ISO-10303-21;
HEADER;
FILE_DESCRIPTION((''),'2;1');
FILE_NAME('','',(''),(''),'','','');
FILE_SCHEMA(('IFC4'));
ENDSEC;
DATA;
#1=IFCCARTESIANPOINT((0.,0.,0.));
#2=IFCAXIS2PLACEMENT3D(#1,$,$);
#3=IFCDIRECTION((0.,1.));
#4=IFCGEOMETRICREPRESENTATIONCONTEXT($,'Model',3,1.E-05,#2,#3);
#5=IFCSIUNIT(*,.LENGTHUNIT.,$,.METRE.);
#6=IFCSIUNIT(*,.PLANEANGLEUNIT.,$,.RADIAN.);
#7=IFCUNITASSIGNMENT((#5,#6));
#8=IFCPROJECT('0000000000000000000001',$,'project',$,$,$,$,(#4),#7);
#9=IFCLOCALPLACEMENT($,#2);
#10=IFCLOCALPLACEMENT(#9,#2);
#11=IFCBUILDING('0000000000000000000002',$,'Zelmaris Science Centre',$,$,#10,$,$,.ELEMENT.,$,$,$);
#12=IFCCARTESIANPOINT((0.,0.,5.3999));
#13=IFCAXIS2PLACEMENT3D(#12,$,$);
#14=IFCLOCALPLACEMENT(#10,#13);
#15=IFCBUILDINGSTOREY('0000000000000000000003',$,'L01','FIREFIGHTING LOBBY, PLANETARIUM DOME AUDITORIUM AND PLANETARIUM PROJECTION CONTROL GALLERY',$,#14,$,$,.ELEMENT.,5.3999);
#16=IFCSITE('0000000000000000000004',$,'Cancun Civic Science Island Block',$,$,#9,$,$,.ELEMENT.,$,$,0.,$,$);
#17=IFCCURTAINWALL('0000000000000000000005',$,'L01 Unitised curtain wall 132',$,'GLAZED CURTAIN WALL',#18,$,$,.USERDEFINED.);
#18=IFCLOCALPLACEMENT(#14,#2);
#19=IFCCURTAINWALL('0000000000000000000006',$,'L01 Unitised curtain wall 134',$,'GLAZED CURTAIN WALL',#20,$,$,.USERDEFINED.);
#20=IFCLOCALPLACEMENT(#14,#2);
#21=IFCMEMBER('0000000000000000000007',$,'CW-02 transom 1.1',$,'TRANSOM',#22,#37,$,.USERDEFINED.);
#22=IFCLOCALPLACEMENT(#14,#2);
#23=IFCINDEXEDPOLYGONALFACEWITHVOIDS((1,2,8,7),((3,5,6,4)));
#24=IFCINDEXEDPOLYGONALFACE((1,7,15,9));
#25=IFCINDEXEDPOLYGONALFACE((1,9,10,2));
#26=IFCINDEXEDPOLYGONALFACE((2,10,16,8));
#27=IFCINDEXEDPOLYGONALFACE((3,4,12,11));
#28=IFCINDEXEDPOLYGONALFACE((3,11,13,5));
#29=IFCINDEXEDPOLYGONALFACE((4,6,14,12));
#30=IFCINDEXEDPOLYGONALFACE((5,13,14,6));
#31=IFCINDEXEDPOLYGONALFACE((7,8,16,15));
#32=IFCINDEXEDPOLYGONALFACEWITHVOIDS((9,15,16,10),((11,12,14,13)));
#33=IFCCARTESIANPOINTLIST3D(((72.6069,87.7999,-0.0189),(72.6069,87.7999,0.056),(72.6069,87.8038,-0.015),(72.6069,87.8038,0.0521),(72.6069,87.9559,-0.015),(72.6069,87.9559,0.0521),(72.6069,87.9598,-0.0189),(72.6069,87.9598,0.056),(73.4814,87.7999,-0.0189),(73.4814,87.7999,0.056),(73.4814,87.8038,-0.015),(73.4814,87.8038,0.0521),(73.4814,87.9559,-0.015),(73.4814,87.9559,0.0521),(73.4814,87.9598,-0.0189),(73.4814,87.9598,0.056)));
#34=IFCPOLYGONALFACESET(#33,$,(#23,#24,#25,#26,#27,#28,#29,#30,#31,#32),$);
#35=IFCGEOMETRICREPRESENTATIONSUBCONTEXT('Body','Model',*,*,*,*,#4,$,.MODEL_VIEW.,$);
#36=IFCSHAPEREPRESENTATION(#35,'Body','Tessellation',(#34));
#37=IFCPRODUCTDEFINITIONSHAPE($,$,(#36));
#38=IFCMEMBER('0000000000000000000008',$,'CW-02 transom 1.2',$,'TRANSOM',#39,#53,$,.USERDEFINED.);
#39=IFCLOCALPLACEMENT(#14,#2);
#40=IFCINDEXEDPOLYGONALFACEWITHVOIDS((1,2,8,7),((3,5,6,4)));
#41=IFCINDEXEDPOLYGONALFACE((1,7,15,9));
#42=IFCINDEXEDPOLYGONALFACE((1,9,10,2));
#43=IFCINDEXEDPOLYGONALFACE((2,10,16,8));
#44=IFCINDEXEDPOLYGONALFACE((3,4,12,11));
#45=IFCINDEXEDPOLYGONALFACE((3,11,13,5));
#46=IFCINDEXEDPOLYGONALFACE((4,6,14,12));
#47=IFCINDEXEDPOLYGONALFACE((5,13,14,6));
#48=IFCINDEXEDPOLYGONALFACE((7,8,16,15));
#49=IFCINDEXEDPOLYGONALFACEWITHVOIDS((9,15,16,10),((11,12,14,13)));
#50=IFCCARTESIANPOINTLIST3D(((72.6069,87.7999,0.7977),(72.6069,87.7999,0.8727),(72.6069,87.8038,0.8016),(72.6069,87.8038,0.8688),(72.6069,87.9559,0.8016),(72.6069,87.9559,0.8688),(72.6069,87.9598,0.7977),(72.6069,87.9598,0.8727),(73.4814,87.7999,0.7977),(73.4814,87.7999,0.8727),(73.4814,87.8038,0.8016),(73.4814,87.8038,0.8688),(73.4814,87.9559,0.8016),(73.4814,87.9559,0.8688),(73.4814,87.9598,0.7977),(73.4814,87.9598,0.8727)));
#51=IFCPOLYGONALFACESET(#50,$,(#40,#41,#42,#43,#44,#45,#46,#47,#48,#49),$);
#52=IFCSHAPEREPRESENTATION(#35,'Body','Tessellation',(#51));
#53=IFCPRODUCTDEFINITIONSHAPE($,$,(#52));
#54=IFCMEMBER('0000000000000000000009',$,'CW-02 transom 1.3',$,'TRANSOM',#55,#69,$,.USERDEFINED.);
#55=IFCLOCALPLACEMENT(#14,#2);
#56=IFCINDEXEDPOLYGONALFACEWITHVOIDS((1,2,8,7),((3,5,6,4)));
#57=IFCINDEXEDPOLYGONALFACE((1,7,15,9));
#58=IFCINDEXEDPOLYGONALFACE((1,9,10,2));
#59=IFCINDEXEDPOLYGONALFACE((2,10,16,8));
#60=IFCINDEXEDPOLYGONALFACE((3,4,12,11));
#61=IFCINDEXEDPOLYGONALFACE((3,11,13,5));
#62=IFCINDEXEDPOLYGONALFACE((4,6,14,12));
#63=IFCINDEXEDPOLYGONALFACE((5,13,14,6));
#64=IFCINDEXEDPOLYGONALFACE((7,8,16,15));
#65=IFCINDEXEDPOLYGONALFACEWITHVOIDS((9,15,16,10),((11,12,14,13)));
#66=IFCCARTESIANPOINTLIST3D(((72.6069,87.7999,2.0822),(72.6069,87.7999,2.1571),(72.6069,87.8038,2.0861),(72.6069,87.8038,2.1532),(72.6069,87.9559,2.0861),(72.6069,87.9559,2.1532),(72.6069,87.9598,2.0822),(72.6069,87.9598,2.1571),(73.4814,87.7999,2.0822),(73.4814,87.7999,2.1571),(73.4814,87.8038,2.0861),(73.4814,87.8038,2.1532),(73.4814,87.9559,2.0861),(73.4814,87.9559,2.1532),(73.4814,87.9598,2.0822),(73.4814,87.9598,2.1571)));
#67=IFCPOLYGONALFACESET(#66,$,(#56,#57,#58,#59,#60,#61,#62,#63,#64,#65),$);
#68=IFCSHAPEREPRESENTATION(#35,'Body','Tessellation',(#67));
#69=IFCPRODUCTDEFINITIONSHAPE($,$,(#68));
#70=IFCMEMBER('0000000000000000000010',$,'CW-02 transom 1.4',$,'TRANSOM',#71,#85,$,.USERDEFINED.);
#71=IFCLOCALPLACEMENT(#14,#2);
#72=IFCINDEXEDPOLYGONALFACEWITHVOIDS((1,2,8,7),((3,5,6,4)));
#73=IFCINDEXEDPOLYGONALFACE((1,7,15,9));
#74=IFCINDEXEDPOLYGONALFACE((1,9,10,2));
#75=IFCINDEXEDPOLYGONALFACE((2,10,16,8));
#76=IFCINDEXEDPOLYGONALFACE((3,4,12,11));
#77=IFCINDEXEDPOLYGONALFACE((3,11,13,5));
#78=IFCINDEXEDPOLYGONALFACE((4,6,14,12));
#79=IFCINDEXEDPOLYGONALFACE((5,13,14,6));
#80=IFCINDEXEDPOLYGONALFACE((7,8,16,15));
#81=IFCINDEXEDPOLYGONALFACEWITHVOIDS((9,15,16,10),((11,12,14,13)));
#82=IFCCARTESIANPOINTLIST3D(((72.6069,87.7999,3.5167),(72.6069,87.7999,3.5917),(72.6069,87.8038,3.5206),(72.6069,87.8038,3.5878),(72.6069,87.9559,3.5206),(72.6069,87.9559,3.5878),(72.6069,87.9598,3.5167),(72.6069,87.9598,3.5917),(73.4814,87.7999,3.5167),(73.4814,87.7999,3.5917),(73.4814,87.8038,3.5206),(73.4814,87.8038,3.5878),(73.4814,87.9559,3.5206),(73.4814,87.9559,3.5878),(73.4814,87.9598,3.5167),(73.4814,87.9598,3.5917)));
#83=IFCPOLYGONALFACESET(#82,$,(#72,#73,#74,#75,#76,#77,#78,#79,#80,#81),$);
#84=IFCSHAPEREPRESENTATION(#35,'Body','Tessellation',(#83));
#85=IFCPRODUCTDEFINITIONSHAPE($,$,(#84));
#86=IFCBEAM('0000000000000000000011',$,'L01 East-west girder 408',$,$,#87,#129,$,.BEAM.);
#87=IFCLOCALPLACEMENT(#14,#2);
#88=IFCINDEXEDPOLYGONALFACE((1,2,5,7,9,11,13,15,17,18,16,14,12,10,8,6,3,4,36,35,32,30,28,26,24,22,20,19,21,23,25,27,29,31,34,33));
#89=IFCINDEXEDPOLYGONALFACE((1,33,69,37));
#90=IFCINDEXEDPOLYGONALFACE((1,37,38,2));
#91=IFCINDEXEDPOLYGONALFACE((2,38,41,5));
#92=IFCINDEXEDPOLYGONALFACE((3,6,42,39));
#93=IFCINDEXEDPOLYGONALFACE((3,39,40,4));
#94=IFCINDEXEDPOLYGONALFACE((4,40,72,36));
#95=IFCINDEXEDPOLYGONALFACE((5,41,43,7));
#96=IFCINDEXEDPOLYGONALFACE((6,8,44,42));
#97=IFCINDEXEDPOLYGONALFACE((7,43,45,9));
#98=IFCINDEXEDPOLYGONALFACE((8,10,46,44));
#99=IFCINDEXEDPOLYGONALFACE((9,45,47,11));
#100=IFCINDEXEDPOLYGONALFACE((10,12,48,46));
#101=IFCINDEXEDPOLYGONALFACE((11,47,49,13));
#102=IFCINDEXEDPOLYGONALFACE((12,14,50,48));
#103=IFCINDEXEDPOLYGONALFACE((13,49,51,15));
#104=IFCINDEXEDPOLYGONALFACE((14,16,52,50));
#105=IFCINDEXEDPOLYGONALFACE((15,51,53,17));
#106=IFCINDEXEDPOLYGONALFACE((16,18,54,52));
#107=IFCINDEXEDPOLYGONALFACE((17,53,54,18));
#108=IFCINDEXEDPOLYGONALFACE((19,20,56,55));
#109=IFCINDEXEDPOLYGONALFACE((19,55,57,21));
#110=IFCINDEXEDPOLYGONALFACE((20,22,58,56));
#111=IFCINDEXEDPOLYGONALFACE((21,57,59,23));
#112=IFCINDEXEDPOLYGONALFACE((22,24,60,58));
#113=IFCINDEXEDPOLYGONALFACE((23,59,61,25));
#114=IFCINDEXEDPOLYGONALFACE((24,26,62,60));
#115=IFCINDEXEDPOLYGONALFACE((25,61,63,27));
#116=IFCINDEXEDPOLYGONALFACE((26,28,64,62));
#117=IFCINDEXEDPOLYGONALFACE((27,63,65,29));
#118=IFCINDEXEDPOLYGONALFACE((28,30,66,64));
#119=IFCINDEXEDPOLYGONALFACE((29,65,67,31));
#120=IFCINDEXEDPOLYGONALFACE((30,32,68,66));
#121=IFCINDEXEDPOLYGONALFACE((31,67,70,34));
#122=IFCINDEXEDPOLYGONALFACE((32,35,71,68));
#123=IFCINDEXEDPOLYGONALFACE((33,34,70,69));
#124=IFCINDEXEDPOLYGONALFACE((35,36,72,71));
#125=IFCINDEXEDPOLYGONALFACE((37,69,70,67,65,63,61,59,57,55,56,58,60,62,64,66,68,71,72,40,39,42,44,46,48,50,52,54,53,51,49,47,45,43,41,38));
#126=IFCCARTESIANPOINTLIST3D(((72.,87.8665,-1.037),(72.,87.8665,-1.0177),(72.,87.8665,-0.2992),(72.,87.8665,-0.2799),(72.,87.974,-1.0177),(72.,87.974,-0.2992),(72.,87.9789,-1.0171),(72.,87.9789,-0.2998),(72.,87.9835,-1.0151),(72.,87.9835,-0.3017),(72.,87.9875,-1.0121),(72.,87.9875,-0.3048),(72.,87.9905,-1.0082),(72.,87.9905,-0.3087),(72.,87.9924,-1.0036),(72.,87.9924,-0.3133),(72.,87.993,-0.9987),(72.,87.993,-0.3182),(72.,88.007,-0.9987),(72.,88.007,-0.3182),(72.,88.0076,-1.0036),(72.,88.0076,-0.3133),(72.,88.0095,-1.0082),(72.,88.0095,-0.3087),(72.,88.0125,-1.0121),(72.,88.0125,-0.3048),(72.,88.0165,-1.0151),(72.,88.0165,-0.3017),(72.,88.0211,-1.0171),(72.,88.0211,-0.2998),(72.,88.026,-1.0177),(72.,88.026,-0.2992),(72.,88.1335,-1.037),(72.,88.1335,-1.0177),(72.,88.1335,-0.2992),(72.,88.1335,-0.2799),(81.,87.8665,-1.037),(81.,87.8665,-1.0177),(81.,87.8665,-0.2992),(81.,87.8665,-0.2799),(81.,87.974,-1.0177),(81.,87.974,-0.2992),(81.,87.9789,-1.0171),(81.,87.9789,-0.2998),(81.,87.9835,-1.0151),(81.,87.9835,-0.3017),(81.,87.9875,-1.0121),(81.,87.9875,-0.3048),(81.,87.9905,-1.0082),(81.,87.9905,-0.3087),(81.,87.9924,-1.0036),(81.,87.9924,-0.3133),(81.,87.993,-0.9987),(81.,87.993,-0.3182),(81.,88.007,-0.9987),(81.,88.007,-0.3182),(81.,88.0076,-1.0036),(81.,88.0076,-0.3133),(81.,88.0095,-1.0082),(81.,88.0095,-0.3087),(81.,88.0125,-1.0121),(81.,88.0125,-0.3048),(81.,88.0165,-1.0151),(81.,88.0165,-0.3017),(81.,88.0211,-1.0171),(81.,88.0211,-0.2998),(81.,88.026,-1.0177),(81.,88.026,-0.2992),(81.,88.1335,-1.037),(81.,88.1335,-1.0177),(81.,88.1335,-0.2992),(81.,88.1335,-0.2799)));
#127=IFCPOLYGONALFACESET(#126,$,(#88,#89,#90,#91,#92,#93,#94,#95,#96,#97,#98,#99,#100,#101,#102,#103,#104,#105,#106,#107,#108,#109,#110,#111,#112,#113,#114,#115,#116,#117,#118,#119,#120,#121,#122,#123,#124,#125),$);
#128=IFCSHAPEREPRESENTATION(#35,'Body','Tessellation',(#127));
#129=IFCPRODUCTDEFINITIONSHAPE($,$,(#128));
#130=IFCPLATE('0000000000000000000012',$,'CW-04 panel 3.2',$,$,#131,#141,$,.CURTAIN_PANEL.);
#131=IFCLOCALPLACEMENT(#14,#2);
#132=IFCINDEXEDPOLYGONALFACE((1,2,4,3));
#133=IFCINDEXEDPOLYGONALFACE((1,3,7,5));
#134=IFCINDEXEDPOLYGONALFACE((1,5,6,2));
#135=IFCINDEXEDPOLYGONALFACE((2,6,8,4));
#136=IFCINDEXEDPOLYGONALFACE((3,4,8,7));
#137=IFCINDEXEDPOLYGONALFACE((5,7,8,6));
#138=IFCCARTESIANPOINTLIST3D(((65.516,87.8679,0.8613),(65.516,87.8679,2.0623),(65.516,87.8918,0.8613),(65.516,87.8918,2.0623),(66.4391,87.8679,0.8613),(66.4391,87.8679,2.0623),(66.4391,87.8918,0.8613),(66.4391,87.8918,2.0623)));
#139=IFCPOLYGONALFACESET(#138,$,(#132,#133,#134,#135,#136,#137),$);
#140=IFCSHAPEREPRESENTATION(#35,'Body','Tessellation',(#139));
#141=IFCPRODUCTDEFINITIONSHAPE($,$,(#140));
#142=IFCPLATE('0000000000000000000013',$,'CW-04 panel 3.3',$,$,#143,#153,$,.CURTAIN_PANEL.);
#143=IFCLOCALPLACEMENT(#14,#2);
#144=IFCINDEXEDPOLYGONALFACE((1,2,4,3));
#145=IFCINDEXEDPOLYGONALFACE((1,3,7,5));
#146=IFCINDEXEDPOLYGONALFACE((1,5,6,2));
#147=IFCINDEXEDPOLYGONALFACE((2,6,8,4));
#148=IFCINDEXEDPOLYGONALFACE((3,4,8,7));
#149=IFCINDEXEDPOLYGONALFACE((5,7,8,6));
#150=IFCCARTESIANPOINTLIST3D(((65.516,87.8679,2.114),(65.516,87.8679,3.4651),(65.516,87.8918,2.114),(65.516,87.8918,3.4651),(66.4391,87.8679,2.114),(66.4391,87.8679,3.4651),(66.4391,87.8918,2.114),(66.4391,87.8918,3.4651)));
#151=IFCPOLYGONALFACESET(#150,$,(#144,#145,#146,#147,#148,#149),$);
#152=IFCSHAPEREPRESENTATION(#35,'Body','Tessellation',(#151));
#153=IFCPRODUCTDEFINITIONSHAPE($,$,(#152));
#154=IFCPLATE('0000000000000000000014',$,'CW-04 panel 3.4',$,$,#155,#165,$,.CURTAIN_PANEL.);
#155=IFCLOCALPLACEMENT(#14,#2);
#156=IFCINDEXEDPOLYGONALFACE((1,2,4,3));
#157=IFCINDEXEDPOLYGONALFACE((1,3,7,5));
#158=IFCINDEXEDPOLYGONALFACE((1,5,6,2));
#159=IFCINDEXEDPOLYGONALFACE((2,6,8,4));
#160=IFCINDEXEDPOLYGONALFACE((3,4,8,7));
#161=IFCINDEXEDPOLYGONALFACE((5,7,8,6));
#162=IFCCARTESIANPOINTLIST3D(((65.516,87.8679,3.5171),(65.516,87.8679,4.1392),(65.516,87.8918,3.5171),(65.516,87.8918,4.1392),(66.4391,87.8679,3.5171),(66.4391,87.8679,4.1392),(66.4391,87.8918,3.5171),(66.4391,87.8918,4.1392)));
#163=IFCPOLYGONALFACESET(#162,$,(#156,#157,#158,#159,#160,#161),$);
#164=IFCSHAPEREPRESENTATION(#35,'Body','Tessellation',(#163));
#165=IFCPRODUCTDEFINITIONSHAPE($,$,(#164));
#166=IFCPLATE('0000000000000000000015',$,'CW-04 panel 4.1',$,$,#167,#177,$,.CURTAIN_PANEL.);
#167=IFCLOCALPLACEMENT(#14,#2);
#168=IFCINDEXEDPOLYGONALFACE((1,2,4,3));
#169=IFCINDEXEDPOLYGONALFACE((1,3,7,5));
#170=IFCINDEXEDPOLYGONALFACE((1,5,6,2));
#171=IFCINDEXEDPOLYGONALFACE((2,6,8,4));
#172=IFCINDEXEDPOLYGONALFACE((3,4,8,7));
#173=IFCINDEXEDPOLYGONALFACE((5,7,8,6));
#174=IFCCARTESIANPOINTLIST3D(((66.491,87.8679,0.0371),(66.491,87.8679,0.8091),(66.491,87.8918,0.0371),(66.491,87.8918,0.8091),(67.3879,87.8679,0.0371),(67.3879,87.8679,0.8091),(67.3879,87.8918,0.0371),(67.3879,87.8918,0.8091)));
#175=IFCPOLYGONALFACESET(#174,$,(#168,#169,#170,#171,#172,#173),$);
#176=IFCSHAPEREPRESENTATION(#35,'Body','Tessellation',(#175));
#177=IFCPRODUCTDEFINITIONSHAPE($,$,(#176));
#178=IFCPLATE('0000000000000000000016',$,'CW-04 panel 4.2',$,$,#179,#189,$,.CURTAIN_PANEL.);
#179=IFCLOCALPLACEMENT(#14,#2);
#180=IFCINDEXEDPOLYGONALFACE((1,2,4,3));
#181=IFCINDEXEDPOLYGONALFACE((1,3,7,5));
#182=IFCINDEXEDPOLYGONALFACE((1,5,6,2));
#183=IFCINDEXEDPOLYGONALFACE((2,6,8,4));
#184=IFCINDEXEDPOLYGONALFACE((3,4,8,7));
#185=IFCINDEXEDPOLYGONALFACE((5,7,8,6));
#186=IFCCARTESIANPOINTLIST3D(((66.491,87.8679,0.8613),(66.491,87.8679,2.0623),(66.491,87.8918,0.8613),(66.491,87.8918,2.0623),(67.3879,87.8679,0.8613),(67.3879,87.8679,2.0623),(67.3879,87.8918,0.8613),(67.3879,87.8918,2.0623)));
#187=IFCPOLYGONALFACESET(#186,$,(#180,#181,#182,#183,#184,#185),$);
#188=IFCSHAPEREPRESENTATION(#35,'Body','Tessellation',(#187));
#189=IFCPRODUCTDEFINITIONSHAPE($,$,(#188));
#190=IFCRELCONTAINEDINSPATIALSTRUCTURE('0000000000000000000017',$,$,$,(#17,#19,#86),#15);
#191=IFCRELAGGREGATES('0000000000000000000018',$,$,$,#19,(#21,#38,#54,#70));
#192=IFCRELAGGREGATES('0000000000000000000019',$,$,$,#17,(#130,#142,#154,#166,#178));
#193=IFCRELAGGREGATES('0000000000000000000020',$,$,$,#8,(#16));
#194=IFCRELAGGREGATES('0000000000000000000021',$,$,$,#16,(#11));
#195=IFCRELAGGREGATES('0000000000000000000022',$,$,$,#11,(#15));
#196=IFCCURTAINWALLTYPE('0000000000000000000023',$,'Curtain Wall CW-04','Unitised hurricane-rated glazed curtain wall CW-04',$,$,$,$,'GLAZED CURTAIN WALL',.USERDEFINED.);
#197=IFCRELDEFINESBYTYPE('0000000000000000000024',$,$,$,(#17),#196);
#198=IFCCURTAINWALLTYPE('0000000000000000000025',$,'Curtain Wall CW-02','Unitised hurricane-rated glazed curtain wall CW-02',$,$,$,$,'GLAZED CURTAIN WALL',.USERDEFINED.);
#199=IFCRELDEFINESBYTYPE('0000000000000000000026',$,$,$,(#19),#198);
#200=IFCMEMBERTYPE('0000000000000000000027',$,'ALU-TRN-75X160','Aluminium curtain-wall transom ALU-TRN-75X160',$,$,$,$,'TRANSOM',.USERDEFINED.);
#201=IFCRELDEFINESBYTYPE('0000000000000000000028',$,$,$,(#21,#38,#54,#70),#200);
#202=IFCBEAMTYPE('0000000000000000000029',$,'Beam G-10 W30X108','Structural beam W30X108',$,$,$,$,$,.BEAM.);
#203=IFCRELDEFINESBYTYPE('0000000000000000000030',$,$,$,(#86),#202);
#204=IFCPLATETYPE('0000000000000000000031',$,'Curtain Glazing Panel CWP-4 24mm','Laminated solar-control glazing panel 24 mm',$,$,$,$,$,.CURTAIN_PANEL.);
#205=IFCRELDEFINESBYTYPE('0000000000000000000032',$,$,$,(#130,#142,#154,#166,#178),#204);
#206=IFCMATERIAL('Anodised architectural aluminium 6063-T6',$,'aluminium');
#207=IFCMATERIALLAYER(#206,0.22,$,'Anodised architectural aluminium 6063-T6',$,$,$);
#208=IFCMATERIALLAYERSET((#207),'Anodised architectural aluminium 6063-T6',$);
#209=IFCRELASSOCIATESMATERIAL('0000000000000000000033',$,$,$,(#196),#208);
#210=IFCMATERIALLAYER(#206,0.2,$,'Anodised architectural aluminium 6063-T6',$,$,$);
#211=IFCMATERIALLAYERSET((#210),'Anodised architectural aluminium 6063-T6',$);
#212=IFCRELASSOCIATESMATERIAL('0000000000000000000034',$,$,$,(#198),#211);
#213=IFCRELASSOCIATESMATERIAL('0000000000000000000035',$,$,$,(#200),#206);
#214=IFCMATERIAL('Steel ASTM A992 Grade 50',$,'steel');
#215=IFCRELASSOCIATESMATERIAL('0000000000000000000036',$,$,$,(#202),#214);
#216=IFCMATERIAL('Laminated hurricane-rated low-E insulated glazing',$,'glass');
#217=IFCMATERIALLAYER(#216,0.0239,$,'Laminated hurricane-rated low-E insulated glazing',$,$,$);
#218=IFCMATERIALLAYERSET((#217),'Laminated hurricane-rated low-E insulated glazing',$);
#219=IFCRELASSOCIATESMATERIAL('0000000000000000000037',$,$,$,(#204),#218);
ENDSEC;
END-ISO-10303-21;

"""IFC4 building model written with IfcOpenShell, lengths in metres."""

from ifc_helpers import new_model, si_unit, direction, frame, origin, origin_2d, place, context, subcontext, project, spatial, rectangle, hollow_rectangle, i_section, extrude, material, layer, layer_set, material_profile, profile_set, type_object, element, aggregate, save


model = new_model("IFC4")

# Units and contexts
model_context = context("Model", 3, precision=1e-05, world=origin(), true_north=direction((0.0, 1.0)))
body_context = subcontext(model_context, "Body", "Model", "MODEL_VIEW")
ifc_project = project(units=[si_unit("LENGTHUNIT", "METRE"), si_unit("PLANEANGLEUNIT", "RADIAN")], contexts=[model_context])

# Site, building, storey
site_placement = place(None, origin())
site = spatial("IfcSite", under=ifc_project, at=site_placement, Name="Cancun Civic Science Island Block", CompositionType="ELEMENT", RefElevation=0.0)
building_placement = place(site_placement, origin())
building = spatial("IfcBuilding", under=site, at=building_placement, Name="Zelmaris Science Centre", CompositionType="ELEMENT")
storey_placement = place(building_placement, frame((0.0, 0.0, 5.3999)))
storey = spatial("IfcBuildingStorey", under=building, at=storey_placement, Name="L01", Description="FIREFIGHTING LOBBY, PLANETARIUM DOME AUDITORIUM AND PLANETARIUM PROJECTION CONTROL GALLERY", CompositionType="ELEMENT", Elevation=5.3999)

# Shared definitions
ifc_material_1 = material(Name="Steel ASTM A992 Grade 50", Category="steel")

# Curtain wall
ifc_material_2 = material(Name="Anodised architectural aluminium 6063-T6", Category="aluminium")
ifc_layer_1 = layer(ifc_material_2, 0.22, Name="Anodised architectural aluminium 6063-T6")
ifc_layer_set_1 = layer_set([ifc_layer_1], Name="Anodised architectural aluminium 6063-T6")
curtain_wall_type_1 = type_object("IfcCurtainWallType", Name="Curtain Wall CW-04", Description="Unitised hurricane-rated glazed curtain wall CW-04", ElementType="GLAZED CURTAIN WALL", PredefinedType="USERDEFINED", material=ifc_layer_set_1)
curtain_wall_1_placement = place(storey_placement, origin())
curtain_wall_1 = element("IfcCurtainWall", 1, at=curtain_wall_1_placement, inside=storey, type_object=curtain_wall_type_1, Name="L01 Unitised curtain wall 132", ObjectType="GLAZED CURTAIN WALL", PredefinedType="USERDEFINED")

# Curtain wall
ifc_layer_2 = layer(ifc_material_2, 0.2, Name="Anodised architectural aluminium 6063-T6")
ifc_layer_set_2 = layer_set([ifc_layer_2], Name="Anodised architectural aluminium 6063-T6")
curtain_wall_type_2 = type_object("IfcCurtainWallType", Name="Curtain Wall CW-02", Description="Unitised hurricane-rated glazed curtain wall CW-02", ElementType="GLAZED CURTAIN WALL", PredefinedType="USERDEFINED", material=ifc_layer_set_2)
curtain_wall_2_placement = place(storey_placement, origin())
curtain_wall_2 = element("IfcCurtainWall", 2, at=curtain_wall_2_placement, inside=storey, type_object=curtain_wall_type_2, Name="L01 Unitised curtain wall 134", ObjectType="GLAZED CURTAIN WALL", PredefinedType="USERDEFINED")

# Members
ifc_material_profile_1 = material_profile(ifc_material_2, hollow_rectangle(XDim=0.075, YDim=0.1599, WallThickness=0.0039, at=origin_2d()), Name="ALU-TRN-75X160")
ifc_profile_set_1 = profile_set([ifc_material_profile_1], Name="Anodised architectural aluminium 6063-T6")
member_type_1 = type_object("IfcMemberType", Name="ALU-TRN-75X160", Description="Aluminium curtain-wall transom ALU-TRN-75X160", ElementType="TRANSOM", PredefinedType="USERDEFINED", material=ifc_profile_set_1)
member_1_placement = place(storey_placement, frame((72.6069, 87.8799, 0.0186), z_axis=(1.0, 0.0, 0.0), x_axis=(0.0, 0.0, 1.0)))
member_1 = element("IfcMember", 3, at=member_1_placement, type_object=member_type_1, Name="CW-02 transom 1.1", ObjectType="TRANSOM", PredefinedType="USERDEFINED", context=body_context, shape_type="SweptSolid", body=[
    extrude(hollow_rectangle(XDim=0.075, YDim=0.1599, WallThickness=0.0039, at=origin_2d()), origin(), (0.0, 0.0, 1.0), 0.8745),
])
member_2_placement = place(storey_placement, frame((72.6069, 87.8799, 0.8352), z_axis=(1.0, 0.0, 0.0), x_axis=(0.0, 0.0, 1.0)))
member_2 = element("IfcMember", 4, at=member_2_placement, type_object=member_type_1, Name="CW-02 transom 1.2", ObjectType="TRANSOM", PredefinedType="USERDEFINED", context=body_context, shape_type="SweptSolid", body=[
    extrude(hollow_rectangle(XDim=0.075, YDim=0.1599, WallThickness=0.0039, at=origin_2d()), origin(), (0.0, 0.0, 1.0), 0.8745),
])
member_3_placement = place(storey_placement, frame((72.6069, 87.8799, 2.1196), z_axis=(1.0, 0.0, 0.0), x_axis=(0.0, 0.0, 1.0)))
member_3 = element("IfcMember", 5, at=member_3_placement, type_object=member_type_1, Name="CW-02 transom 1.3", ObjectType="TRANSOM", PredefinedType="USERDEFINED", context=body_context, shape_type="SweptSolid", body=[
    extrude(hollow_rectangle(XDim=0.075, YDim=0.1599, WallThickness=0.0039, at=origin_2d()), origin(), (0.0, 0.0, 1.0), 0.8745),
])
member_4_placement = place(storey_placement, frame((72.6069, 87.8799, 3.5542), z_axis=(1.0, 0.0, 0.0), x_axis=(0.0, 0.0, 1.0)))
member_4 = element("IfcMember", 6, at=member_4_placement, type_object=member_type_1, Name="CW-02 transom 1.4", ObjectType="TRANSOM", PredefinedType="USERDEFINED", context=body_context, shape_type="SweptSolid", body=[
    extrude(hollow_rectangle(XDim=0.075, YDim=0.1599, WallThickness=0.0039, at=origin_2d()), origin(), (0.0, 0.0, 1.0), 0.8745),
])
aggregate(curtain_wall_2, [member_1, member_2, member_3, member_4])

# Beam
ifc_material_profile_2 = material_profile(ifc_material_1, i_section(OverallWidth=0.2671, OverallDepth=0.7571, WebThickness=0.0139, FlangeThickness=0.0193, FilletRadius=0.019, at=origin_2d()), Name="W30X108")
ifc_profile_set_2 = profile_set([ifc_material_profile_2], Name="Steel ASTM A992 Grade 50")
beam_type = type_object("IfcBeamType", Name="Beam G-10 W30X108", Description="Structural beam W30X108", PredefinedType="BEAM", material=ifc_profile_set_2)
beam_placement = place(storey_placement, frame((72.0, 88.0, -0.6584), z_axis=(1.0, 0.0, 0.0), x_axis=(0.0, 1.0, 0.0)))
element("IfcBeam", 7, at=beam_placement, inside=storey, type_object=beam_type, Name="L01 East-west girder 408", PredefinedType="BEAM", context=body_context, shape_type="SweptSolid", body=[
    extrude(i_section(OverallWidth=0.2671, OverallDepth=0.7571, WebThickness=0.0139, FlangeThickness=0.0193, FilletRadius=0.019, at=origin_2d()), origin(), (0.0, 0.0, 1.0), 9.0),
])

# Plates
ifc_material_3 = material(Name="Laminated hurricane-rated low-E insulated glazing", Category="glass")
ifc_layer_3 = layer(ifc_material_3, 0.0239, Name="Laminated hurricane-rated low-E insulated glazing")
ifc_layer_set_3 = layer_set([ifc_layer_3], Name="Laminated hurricane-rated low-E insulated glazing")
plate_type = type_object("IfcPlateType", Name="Curtain Glazing Panel CWP-4 24mm", Description="Laminated solar-control glazing panel 24 mm", PredefinedType="CURTAIN_PANEL", material=ifc_layer_set_3)
plate_1_placement = place(storey_placement, frame((65.9775, 87.8799, 0.8613), z_axis=(0.0, 0.0, 1.0), x_axis=(1.0, 0.0, 0.0)))
plate_1 = element("IfcPlate", 8, at=plate_1_placement, type_object=plate_type, Name="CW-04 panel 3.2", PredefinedType="CURTAIN_PANEL", context=body_context, shape_type="SweptSolid", body=[
    extrude(rectangle(XDim=0.9231, YDim=0.0239, at=origin_2d()), origin(), (0.0, 0.0, 1.0), 1.2009),
])
plate_2_placement = place(storey_placement, frame((65.9775, 87.8799, 2.114), z_axis=(0.0, 0.0, 1.0), x_axis=(1.0, 0.0, 0.0)))
plate_2 = element("IfcPlate", 9, at=plate_2_placement, type_object=plate_type, Name="CW-04 panel 3.3", PredefinedType="CURTAIN_PANEL", context=body_context, shape_type="SweptSolid", body=[
    extrude(rectangle(XDim=0.9231, YDim=0.0239, at=origin_2d()), origin(), (0.0, 0.0, 1.0), 1.3511),
])
plate_3_placement = place(storey_placement, frame((65.9775, 87.8799, 3.5171), z_axis=(0.0, 0.0, 1.0), x_axis=(1.0, 0.0, 0.0)))
plate_3 = element("IfcPlate", 10, at=plate_3_placement, type_object=plate_type, Name="CW-04 panel 3.4", PredefinedType="CURTAIN_PANEL", context=body_context, shape_type="SweptSolid", body=[
    extrude(rectangle(XDim=0.9231, YDim=0.0239, at=origin_2d()), origin(), (0.0, 0.0, 1.0), 0.6221),
])
plate_4_placement = place(storey_placement, frame((66.9395, 87.8799, 0.0371), z_axis=(0.0, 0.0, 1.0), x_axis=(1.0, 0.0, 0.0)))
plate_4 = element("IfcPlate", 11, at=plate_4_placement, type_object=plate_type, Name="CW-04 panel 4.1", PredefinedType="CURTAIN_PANEL", context=body_context, shape_type="SweptSolid", body=[
    extrude(rectangle(XDim=0.897, YDim=0.0239, at=origin_2d()), origin(), (0.0, 0.0, 1.0), 0.772),
])
plate_5_placement = place(storey_placement, frame((66.9395, 87.8799, 0.8613), z_axis=(0.0, 0.0, 1.0), x_axis=(1.0, 0.0, 0.0)))
plate_5 = element("IfcPlate", 12, at=plate_5_placement, type_object=plate_type, Name="CW-04 panel 4.2", PredefinedType="CURTAIN_PANEL", context=body_context, shape_type="SweptSolid", body=[
    extrude(rectangle(XDim=0.897, YDim=0.0239, at=origin_2d()), origin(), (0.0, 0.0, 1.0), 1.2009),
])
aggregate(curtain_wall_1, [plate_1, plate_2, plate_3, plate_4, plate_5])

save(model, "model.ifc")
